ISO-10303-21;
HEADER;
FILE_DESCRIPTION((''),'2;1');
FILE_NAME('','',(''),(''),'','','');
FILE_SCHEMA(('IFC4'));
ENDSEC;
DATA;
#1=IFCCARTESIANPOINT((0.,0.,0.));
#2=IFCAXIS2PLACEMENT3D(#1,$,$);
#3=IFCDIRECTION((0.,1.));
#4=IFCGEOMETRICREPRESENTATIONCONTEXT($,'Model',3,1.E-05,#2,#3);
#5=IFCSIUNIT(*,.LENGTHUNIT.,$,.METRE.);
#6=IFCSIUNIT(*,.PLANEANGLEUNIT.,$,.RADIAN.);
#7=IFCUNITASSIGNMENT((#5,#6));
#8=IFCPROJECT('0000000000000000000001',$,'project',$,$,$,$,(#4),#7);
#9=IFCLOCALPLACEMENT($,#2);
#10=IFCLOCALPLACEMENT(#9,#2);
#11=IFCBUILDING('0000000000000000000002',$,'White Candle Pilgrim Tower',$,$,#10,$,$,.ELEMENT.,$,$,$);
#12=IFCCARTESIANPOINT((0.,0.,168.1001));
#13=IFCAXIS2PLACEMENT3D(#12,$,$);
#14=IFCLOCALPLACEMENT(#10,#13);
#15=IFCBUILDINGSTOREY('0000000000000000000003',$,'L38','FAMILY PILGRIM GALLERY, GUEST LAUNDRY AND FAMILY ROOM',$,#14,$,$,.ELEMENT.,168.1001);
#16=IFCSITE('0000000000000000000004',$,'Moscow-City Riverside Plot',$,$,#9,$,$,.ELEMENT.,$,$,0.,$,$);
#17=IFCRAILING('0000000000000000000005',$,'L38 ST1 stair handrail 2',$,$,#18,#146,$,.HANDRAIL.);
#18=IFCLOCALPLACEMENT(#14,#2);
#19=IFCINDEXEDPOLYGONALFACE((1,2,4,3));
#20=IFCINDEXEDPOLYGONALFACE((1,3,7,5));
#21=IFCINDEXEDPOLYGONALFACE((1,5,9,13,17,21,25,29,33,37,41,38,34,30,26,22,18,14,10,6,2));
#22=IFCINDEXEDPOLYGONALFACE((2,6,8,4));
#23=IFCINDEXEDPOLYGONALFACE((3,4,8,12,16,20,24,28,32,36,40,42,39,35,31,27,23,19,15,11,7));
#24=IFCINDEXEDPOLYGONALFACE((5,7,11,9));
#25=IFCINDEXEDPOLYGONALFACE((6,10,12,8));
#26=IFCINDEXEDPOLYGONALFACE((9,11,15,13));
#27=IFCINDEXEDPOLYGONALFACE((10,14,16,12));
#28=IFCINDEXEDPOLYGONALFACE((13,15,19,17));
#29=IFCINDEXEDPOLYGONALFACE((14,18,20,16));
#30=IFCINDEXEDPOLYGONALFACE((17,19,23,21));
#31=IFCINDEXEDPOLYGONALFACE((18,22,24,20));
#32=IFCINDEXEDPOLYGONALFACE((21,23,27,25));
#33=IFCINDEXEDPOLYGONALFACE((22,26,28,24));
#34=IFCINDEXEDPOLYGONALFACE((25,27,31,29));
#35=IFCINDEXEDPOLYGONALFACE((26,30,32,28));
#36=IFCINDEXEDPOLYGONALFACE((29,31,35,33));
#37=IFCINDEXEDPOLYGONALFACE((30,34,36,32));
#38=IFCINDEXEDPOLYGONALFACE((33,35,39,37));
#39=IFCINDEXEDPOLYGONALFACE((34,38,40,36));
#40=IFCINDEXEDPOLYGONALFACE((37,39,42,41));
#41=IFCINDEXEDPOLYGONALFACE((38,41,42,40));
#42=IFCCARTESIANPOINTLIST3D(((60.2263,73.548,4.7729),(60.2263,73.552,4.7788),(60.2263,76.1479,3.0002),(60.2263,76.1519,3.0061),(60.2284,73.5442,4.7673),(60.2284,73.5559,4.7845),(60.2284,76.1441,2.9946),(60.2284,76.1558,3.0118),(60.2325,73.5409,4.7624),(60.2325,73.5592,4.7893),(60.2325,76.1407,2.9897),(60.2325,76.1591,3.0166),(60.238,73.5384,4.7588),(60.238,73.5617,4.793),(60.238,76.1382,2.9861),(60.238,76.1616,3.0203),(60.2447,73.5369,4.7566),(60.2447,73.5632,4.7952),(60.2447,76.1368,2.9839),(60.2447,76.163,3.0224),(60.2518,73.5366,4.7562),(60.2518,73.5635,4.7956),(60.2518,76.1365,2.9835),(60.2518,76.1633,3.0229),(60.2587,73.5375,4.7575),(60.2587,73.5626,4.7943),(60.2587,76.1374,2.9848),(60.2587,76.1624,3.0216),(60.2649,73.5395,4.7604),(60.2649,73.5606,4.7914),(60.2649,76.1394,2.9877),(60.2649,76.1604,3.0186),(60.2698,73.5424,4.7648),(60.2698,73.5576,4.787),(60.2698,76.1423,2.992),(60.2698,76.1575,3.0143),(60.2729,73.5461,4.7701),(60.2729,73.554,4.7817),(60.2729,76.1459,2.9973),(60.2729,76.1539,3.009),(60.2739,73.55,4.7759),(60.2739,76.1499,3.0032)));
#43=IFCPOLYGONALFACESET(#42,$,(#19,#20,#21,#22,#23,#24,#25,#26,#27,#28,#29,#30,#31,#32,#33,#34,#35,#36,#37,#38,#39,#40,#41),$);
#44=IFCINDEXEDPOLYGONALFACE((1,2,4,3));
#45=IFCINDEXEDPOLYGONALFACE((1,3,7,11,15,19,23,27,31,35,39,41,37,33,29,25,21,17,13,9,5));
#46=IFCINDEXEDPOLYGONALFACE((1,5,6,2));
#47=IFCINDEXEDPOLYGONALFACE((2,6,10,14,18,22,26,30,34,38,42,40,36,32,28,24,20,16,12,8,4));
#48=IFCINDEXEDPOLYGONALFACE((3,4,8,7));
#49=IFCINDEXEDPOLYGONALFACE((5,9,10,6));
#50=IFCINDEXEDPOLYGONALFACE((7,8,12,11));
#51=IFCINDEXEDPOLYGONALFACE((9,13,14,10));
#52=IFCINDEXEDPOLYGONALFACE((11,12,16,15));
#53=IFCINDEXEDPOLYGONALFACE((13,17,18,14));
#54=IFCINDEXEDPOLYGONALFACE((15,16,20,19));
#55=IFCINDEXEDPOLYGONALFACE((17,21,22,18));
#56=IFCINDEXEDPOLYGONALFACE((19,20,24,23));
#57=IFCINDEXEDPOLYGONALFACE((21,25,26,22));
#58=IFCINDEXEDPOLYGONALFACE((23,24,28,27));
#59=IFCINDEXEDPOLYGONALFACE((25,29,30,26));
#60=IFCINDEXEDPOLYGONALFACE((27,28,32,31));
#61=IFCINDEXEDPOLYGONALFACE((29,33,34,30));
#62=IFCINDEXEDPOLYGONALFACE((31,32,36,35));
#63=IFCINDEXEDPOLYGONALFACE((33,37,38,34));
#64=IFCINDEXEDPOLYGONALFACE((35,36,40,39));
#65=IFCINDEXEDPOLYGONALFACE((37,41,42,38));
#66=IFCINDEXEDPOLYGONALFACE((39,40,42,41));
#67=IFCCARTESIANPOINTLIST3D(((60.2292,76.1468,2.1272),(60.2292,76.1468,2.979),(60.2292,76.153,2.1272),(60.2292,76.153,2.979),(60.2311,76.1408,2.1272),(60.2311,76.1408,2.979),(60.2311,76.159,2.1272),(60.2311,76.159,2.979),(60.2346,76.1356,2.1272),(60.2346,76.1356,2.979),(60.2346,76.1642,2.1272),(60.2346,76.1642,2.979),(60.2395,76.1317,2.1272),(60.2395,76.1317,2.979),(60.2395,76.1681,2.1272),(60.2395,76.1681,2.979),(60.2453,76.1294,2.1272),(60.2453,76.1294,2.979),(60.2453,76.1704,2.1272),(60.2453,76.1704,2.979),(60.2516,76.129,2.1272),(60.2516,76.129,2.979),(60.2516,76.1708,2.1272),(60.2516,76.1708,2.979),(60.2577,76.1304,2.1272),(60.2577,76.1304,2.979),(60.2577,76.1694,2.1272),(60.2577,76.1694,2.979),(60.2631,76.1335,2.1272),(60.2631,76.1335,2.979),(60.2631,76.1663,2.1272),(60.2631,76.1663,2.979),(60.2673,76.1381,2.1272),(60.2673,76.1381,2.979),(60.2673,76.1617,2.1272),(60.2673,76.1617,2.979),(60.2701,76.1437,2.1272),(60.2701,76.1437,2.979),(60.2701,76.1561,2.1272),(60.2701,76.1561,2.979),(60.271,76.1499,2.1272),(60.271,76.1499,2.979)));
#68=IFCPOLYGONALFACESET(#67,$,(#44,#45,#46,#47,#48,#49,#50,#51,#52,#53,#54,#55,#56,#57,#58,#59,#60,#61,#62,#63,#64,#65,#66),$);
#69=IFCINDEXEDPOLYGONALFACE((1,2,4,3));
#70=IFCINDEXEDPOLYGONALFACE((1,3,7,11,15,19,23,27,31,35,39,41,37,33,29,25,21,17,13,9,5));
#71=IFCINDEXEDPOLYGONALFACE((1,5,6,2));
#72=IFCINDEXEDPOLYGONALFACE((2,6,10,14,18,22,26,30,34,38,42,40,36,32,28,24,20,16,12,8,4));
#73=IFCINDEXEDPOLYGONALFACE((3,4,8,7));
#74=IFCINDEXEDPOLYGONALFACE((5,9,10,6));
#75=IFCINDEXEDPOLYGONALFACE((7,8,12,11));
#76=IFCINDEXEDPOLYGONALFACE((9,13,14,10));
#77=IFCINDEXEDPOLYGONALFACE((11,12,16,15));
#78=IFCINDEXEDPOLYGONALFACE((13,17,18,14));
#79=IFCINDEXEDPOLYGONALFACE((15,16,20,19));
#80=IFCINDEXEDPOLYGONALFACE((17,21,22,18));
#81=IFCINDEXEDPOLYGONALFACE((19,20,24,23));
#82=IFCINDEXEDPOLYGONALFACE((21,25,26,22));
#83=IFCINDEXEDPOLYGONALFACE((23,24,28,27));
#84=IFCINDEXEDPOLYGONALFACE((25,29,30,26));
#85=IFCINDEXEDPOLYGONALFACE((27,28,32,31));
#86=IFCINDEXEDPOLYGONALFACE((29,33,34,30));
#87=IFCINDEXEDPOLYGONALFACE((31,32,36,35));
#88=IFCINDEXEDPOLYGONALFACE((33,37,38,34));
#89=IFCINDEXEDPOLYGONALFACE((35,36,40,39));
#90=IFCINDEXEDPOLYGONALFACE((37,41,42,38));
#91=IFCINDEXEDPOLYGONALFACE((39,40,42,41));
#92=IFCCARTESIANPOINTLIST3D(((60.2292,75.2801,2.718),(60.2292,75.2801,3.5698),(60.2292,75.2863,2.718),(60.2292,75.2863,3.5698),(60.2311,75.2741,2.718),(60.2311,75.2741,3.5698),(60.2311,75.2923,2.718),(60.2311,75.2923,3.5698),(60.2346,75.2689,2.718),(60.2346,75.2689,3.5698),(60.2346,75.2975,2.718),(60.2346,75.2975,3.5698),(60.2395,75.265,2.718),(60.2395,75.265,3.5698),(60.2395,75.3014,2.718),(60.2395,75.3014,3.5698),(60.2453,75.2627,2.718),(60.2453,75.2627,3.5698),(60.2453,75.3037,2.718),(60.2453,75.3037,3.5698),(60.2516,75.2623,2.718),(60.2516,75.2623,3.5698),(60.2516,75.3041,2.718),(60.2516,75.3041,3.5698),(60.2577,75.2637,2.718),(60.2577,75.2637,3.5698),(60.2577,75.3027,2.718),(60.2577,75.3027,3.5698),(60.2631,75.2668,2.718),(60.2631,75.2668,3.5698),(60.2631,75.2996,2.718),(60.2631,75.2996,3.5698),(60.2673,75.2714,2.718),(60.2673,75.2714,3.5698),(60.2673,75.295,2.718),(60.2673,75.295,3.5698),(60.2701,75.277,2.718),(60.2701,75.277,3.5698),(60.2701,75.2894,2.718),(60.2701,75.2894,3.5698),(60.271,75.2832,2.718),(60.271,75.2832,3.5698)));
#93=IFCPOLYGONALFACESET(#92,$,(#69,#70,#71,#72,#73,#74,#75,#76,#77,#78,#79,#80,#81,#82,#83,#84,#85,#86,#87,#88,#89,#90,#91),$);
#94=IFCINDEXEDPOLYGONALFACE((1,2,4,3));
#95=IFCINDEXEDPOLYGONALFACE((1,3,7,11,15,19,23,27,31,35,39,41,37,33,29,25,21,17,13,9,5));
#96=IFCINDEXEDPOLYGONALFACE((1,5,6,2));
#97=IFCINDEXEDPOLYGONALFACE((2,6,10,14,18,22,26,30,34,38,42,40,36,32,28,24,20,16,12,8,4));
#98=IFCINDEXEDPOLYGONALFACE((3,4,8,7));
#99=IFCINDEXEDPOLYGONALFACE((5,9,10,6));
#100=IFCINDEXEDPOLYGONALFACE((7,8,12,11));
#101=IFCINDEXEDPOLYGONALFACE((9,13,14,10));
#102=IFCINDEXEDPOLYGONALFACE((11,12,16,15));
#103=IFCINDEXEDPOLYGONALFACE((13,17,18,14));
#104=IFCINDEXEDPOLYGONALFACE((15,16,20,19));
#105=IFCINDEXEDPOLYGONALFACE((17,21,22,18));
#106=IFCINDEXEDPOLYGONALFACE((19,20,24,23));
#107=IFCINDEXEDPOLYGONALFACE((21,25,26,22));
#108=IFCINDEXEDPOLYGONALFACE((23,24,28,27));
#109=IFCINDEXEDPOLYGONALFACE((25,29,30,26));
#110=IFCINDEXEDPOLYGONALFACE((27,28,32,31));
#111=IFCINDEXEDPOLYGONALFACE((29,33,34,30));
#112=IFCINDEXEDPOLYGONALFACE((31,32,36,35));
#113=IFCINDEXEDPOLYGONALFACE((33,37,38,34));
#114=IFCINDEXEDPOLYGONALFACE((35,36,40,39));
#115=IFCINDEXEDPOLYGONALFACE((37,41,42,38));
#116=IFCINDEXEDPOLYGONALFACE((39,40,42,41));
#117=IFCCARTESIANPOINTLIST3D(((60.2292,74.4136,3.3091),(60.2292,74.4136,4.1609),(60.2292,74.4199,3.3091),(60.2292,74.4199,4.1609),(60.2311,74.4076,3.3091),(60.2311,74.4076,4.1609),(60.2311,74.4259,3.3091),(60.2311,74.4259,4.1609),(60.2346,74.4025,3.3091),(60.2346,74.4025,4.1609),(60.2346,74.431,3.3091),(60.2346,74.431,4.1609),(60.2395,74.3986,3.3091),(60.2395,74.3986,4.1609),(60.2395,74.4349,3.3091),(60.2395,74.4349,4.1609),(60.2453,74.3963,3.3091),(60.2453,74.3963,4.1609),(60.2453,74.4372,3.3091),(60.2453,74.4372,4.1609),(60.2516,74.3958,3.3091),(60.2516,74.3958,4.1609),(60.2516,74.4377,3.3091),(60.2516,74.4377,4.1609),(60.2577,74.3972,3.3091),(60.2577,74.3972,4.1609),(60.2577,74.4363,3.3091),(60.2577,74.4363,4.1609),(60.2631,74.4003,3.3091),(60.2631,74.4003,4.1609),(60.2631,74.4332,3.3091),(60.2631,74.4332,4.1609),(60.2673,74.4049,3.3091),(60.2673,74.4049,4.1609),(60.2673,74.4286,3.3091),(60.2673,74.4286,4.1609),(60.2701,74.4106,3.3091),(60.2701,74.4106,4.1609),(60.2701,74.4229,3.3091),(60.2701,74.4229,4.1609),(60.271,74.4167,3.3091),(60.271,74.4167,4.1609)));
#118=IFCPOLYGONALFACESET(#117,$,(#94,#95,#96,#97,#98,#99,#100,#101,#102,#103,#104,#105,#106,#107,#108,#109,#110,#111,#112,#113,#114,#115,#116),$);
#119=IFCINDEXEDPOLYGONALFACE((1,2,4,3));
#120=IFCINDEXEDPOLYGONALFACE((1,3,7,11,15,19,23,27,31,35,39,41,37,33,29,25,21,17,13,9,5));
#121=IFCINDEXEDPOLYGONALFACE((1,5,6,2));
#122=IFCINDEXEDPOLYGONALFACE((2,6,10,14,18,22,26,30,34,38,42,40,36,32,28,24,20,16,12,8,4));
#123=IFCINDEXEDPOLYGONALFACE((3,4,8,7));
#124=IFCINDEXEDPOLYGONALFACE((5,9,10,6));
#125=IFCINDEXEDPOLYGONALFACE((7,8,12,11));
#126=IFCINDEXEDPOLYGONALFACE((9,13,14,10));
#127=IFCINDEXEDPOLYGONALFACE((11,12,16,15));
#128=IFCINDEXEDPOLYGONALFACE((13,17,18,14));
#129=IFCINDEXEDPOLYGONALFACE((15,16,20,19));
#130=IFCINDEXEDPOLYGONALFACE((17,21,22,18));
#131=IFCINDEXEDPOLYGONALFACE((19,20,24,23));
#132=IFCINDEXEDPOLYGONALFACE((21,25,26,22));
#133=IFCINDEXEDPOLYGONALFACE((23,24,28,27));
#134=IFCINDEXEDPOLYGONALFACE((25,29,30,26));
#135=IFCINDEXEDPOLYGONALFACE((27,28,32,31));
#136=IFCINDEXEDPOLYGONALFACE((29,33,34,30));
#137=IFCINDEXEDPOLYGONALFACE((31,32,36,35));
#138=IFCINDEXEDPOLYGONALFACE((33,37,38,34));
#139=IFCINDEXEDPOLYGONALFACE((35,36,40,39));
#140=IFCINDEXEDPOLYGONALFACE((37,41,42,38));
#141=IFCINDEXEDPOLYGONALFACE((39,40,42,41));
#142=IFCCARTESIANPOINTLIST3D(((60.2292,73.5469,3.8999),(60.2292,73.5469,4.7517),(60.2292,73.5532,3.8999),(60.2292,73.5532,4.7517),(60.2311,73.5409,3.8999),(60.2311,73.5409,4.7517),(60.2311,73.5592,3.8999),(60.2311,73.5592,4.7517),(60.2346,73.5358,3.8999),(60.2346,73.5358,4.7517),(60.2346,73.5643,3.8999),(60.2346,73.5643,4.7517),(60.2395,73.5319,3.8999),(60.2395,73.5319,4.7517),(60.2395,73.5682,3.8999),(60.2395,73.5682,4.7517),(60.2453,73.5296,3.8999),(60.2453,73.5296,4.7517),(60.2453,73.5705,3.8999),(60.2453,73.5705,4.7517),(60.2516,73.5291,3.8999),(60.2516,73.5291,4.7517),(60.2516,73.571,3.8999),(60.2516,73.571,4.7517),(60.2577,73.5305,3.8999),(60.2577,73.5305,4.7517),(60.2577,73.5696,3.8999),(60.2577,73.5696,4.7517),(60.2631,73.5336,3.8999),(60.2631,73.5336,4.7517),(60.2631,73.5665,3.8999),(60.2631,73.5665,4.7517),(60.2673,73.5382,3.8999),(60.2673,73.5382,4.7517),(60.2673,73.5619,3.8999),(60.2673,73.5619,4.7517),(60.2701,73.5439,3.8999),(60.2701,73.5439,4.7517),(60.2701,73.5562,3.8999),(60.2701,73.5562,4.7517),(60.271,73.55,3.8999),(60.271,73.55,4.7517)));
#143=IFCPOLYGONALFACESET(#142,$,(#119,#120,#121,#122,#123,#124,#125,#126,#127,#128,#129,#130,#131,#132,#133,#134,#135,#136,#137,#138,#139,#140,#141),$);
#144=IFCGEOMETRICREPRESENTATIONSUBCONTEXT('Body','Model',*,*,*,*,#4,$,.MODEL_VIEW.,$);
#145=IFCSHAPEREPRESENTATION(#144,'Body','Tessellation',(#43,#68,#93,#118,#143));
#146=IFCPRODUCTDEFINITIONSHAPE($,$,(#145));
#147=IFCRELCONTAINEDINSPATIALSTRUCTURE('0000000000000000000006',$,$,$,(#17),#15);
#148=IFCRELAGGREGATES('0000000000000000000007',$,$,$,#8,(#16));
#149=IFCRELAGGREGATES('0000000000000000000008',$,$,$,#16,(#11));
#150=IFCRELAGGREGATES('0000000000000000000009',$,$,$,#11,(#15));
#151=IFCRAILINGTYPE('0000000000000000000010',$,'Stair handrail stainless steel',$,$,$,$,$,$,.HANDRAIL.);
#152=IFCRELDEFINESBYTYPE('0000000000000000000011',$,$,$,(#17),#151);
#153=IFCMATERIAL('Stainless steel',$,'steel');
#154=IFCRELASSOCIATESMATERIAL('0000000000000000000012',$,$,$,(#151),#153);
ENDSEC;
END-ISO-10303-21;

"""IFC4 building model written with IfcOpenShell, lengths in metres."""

from ifc_helpers import new_model, si_unit, direction, frame, origin, origin_2d, place, context, subcontext, project, spatial, circle, extrude, material, type_object, element, save


model = new_model("IFC4")

# Units and contexts
model_context = context("Model", 3, precision=1e-05, world=origin(), true_north=direction((0.0, 1.0)))
body_context = subcontext(model_context, "Body", "Model", "MODEL_VIEW")
ifc_project = project(units=[si_unit("LENGTHUNIT", "METRE"), si_unit("PLANEANGLEUNIT", "RADIAN")], contexts=[model_context])

# Site, building, storey
site_placement = place(None, origin())
site = spatial("IfcSite", under=ifc_project, at=site_placement, Name="Moscow-City Riverside Plot", CompositionType="ELEMENT", RefElevation=0.0)
building_placement = place(site_placement, origin())
building = spatial("IfcBuilding", under=site, at=building_placement, Name="White Candle Pilgrim Tower", CompositionType="ELEMENT")
storey_placement = place(building_placement, frame((0.0, 0.0, 168.1001)))
storey = spatial("IfcBuildingStorey", under=building, at=storey_placement, Name="L38", Description="FAMILY PILGRIM GALLERY, GUEST LAUNDRY AND FAMILY ROOM", CompositionType="ELEMENT", Elevation=168.1001)

# Shared definitions
ifc_material_1 = material(Name="Stainless steel", Category="steel")

# Railing
railing_type_1 = type_object("IfcRailingType", Name="Stair handrail stainless steel", PredefinedType="HANDRAIL", material=ifc_material_1)
railing_1_placement = place(storey_placement, frame((60.25, 76.1499, 2.1272)))
element("IfcRailing", 1, at=railing_1_placement, inside=storey, type_object=railing_type_1, Name="L38 ST1 stair handrail 2", PredefinedType="HANDRAIL", context=body_context, shape_type="SweptSolid", body=[
    extrude(circle(Radius=0.0239, at=origin_2d()), frame((0.0, 0.0, 0.876), z_axis=(0.0, -0.826216, 0.563354), x_axis=(1.0, 0.0, 0.0)), (0.0, 0.0, 1.0), 3.1467),
    extrude(circle(Radius=0.021, at=origin_2d()), origin(), (0.0, 0.0, 1.0), 0.8518),
    extrude(circle(Radius=0.021, at=origin_2d()), frame((0.0, -0.8667, 0.5908)), (0.0, 0.0, 1.0), 0.8518),
    extrude(circle(Radius=0.021, at=origin_2d()), frame((0.0, -1.7332, 1.1819)), (0.0, 0.0, 1.0), 0.8518),
    extrude(circle(Radius=0.021, at=origin_2d()), frame((0.0, -2.5999, 1.7727)), (0.0, 0.0, 1.0), 0.8518),
])

save(model, "model.ifc")
